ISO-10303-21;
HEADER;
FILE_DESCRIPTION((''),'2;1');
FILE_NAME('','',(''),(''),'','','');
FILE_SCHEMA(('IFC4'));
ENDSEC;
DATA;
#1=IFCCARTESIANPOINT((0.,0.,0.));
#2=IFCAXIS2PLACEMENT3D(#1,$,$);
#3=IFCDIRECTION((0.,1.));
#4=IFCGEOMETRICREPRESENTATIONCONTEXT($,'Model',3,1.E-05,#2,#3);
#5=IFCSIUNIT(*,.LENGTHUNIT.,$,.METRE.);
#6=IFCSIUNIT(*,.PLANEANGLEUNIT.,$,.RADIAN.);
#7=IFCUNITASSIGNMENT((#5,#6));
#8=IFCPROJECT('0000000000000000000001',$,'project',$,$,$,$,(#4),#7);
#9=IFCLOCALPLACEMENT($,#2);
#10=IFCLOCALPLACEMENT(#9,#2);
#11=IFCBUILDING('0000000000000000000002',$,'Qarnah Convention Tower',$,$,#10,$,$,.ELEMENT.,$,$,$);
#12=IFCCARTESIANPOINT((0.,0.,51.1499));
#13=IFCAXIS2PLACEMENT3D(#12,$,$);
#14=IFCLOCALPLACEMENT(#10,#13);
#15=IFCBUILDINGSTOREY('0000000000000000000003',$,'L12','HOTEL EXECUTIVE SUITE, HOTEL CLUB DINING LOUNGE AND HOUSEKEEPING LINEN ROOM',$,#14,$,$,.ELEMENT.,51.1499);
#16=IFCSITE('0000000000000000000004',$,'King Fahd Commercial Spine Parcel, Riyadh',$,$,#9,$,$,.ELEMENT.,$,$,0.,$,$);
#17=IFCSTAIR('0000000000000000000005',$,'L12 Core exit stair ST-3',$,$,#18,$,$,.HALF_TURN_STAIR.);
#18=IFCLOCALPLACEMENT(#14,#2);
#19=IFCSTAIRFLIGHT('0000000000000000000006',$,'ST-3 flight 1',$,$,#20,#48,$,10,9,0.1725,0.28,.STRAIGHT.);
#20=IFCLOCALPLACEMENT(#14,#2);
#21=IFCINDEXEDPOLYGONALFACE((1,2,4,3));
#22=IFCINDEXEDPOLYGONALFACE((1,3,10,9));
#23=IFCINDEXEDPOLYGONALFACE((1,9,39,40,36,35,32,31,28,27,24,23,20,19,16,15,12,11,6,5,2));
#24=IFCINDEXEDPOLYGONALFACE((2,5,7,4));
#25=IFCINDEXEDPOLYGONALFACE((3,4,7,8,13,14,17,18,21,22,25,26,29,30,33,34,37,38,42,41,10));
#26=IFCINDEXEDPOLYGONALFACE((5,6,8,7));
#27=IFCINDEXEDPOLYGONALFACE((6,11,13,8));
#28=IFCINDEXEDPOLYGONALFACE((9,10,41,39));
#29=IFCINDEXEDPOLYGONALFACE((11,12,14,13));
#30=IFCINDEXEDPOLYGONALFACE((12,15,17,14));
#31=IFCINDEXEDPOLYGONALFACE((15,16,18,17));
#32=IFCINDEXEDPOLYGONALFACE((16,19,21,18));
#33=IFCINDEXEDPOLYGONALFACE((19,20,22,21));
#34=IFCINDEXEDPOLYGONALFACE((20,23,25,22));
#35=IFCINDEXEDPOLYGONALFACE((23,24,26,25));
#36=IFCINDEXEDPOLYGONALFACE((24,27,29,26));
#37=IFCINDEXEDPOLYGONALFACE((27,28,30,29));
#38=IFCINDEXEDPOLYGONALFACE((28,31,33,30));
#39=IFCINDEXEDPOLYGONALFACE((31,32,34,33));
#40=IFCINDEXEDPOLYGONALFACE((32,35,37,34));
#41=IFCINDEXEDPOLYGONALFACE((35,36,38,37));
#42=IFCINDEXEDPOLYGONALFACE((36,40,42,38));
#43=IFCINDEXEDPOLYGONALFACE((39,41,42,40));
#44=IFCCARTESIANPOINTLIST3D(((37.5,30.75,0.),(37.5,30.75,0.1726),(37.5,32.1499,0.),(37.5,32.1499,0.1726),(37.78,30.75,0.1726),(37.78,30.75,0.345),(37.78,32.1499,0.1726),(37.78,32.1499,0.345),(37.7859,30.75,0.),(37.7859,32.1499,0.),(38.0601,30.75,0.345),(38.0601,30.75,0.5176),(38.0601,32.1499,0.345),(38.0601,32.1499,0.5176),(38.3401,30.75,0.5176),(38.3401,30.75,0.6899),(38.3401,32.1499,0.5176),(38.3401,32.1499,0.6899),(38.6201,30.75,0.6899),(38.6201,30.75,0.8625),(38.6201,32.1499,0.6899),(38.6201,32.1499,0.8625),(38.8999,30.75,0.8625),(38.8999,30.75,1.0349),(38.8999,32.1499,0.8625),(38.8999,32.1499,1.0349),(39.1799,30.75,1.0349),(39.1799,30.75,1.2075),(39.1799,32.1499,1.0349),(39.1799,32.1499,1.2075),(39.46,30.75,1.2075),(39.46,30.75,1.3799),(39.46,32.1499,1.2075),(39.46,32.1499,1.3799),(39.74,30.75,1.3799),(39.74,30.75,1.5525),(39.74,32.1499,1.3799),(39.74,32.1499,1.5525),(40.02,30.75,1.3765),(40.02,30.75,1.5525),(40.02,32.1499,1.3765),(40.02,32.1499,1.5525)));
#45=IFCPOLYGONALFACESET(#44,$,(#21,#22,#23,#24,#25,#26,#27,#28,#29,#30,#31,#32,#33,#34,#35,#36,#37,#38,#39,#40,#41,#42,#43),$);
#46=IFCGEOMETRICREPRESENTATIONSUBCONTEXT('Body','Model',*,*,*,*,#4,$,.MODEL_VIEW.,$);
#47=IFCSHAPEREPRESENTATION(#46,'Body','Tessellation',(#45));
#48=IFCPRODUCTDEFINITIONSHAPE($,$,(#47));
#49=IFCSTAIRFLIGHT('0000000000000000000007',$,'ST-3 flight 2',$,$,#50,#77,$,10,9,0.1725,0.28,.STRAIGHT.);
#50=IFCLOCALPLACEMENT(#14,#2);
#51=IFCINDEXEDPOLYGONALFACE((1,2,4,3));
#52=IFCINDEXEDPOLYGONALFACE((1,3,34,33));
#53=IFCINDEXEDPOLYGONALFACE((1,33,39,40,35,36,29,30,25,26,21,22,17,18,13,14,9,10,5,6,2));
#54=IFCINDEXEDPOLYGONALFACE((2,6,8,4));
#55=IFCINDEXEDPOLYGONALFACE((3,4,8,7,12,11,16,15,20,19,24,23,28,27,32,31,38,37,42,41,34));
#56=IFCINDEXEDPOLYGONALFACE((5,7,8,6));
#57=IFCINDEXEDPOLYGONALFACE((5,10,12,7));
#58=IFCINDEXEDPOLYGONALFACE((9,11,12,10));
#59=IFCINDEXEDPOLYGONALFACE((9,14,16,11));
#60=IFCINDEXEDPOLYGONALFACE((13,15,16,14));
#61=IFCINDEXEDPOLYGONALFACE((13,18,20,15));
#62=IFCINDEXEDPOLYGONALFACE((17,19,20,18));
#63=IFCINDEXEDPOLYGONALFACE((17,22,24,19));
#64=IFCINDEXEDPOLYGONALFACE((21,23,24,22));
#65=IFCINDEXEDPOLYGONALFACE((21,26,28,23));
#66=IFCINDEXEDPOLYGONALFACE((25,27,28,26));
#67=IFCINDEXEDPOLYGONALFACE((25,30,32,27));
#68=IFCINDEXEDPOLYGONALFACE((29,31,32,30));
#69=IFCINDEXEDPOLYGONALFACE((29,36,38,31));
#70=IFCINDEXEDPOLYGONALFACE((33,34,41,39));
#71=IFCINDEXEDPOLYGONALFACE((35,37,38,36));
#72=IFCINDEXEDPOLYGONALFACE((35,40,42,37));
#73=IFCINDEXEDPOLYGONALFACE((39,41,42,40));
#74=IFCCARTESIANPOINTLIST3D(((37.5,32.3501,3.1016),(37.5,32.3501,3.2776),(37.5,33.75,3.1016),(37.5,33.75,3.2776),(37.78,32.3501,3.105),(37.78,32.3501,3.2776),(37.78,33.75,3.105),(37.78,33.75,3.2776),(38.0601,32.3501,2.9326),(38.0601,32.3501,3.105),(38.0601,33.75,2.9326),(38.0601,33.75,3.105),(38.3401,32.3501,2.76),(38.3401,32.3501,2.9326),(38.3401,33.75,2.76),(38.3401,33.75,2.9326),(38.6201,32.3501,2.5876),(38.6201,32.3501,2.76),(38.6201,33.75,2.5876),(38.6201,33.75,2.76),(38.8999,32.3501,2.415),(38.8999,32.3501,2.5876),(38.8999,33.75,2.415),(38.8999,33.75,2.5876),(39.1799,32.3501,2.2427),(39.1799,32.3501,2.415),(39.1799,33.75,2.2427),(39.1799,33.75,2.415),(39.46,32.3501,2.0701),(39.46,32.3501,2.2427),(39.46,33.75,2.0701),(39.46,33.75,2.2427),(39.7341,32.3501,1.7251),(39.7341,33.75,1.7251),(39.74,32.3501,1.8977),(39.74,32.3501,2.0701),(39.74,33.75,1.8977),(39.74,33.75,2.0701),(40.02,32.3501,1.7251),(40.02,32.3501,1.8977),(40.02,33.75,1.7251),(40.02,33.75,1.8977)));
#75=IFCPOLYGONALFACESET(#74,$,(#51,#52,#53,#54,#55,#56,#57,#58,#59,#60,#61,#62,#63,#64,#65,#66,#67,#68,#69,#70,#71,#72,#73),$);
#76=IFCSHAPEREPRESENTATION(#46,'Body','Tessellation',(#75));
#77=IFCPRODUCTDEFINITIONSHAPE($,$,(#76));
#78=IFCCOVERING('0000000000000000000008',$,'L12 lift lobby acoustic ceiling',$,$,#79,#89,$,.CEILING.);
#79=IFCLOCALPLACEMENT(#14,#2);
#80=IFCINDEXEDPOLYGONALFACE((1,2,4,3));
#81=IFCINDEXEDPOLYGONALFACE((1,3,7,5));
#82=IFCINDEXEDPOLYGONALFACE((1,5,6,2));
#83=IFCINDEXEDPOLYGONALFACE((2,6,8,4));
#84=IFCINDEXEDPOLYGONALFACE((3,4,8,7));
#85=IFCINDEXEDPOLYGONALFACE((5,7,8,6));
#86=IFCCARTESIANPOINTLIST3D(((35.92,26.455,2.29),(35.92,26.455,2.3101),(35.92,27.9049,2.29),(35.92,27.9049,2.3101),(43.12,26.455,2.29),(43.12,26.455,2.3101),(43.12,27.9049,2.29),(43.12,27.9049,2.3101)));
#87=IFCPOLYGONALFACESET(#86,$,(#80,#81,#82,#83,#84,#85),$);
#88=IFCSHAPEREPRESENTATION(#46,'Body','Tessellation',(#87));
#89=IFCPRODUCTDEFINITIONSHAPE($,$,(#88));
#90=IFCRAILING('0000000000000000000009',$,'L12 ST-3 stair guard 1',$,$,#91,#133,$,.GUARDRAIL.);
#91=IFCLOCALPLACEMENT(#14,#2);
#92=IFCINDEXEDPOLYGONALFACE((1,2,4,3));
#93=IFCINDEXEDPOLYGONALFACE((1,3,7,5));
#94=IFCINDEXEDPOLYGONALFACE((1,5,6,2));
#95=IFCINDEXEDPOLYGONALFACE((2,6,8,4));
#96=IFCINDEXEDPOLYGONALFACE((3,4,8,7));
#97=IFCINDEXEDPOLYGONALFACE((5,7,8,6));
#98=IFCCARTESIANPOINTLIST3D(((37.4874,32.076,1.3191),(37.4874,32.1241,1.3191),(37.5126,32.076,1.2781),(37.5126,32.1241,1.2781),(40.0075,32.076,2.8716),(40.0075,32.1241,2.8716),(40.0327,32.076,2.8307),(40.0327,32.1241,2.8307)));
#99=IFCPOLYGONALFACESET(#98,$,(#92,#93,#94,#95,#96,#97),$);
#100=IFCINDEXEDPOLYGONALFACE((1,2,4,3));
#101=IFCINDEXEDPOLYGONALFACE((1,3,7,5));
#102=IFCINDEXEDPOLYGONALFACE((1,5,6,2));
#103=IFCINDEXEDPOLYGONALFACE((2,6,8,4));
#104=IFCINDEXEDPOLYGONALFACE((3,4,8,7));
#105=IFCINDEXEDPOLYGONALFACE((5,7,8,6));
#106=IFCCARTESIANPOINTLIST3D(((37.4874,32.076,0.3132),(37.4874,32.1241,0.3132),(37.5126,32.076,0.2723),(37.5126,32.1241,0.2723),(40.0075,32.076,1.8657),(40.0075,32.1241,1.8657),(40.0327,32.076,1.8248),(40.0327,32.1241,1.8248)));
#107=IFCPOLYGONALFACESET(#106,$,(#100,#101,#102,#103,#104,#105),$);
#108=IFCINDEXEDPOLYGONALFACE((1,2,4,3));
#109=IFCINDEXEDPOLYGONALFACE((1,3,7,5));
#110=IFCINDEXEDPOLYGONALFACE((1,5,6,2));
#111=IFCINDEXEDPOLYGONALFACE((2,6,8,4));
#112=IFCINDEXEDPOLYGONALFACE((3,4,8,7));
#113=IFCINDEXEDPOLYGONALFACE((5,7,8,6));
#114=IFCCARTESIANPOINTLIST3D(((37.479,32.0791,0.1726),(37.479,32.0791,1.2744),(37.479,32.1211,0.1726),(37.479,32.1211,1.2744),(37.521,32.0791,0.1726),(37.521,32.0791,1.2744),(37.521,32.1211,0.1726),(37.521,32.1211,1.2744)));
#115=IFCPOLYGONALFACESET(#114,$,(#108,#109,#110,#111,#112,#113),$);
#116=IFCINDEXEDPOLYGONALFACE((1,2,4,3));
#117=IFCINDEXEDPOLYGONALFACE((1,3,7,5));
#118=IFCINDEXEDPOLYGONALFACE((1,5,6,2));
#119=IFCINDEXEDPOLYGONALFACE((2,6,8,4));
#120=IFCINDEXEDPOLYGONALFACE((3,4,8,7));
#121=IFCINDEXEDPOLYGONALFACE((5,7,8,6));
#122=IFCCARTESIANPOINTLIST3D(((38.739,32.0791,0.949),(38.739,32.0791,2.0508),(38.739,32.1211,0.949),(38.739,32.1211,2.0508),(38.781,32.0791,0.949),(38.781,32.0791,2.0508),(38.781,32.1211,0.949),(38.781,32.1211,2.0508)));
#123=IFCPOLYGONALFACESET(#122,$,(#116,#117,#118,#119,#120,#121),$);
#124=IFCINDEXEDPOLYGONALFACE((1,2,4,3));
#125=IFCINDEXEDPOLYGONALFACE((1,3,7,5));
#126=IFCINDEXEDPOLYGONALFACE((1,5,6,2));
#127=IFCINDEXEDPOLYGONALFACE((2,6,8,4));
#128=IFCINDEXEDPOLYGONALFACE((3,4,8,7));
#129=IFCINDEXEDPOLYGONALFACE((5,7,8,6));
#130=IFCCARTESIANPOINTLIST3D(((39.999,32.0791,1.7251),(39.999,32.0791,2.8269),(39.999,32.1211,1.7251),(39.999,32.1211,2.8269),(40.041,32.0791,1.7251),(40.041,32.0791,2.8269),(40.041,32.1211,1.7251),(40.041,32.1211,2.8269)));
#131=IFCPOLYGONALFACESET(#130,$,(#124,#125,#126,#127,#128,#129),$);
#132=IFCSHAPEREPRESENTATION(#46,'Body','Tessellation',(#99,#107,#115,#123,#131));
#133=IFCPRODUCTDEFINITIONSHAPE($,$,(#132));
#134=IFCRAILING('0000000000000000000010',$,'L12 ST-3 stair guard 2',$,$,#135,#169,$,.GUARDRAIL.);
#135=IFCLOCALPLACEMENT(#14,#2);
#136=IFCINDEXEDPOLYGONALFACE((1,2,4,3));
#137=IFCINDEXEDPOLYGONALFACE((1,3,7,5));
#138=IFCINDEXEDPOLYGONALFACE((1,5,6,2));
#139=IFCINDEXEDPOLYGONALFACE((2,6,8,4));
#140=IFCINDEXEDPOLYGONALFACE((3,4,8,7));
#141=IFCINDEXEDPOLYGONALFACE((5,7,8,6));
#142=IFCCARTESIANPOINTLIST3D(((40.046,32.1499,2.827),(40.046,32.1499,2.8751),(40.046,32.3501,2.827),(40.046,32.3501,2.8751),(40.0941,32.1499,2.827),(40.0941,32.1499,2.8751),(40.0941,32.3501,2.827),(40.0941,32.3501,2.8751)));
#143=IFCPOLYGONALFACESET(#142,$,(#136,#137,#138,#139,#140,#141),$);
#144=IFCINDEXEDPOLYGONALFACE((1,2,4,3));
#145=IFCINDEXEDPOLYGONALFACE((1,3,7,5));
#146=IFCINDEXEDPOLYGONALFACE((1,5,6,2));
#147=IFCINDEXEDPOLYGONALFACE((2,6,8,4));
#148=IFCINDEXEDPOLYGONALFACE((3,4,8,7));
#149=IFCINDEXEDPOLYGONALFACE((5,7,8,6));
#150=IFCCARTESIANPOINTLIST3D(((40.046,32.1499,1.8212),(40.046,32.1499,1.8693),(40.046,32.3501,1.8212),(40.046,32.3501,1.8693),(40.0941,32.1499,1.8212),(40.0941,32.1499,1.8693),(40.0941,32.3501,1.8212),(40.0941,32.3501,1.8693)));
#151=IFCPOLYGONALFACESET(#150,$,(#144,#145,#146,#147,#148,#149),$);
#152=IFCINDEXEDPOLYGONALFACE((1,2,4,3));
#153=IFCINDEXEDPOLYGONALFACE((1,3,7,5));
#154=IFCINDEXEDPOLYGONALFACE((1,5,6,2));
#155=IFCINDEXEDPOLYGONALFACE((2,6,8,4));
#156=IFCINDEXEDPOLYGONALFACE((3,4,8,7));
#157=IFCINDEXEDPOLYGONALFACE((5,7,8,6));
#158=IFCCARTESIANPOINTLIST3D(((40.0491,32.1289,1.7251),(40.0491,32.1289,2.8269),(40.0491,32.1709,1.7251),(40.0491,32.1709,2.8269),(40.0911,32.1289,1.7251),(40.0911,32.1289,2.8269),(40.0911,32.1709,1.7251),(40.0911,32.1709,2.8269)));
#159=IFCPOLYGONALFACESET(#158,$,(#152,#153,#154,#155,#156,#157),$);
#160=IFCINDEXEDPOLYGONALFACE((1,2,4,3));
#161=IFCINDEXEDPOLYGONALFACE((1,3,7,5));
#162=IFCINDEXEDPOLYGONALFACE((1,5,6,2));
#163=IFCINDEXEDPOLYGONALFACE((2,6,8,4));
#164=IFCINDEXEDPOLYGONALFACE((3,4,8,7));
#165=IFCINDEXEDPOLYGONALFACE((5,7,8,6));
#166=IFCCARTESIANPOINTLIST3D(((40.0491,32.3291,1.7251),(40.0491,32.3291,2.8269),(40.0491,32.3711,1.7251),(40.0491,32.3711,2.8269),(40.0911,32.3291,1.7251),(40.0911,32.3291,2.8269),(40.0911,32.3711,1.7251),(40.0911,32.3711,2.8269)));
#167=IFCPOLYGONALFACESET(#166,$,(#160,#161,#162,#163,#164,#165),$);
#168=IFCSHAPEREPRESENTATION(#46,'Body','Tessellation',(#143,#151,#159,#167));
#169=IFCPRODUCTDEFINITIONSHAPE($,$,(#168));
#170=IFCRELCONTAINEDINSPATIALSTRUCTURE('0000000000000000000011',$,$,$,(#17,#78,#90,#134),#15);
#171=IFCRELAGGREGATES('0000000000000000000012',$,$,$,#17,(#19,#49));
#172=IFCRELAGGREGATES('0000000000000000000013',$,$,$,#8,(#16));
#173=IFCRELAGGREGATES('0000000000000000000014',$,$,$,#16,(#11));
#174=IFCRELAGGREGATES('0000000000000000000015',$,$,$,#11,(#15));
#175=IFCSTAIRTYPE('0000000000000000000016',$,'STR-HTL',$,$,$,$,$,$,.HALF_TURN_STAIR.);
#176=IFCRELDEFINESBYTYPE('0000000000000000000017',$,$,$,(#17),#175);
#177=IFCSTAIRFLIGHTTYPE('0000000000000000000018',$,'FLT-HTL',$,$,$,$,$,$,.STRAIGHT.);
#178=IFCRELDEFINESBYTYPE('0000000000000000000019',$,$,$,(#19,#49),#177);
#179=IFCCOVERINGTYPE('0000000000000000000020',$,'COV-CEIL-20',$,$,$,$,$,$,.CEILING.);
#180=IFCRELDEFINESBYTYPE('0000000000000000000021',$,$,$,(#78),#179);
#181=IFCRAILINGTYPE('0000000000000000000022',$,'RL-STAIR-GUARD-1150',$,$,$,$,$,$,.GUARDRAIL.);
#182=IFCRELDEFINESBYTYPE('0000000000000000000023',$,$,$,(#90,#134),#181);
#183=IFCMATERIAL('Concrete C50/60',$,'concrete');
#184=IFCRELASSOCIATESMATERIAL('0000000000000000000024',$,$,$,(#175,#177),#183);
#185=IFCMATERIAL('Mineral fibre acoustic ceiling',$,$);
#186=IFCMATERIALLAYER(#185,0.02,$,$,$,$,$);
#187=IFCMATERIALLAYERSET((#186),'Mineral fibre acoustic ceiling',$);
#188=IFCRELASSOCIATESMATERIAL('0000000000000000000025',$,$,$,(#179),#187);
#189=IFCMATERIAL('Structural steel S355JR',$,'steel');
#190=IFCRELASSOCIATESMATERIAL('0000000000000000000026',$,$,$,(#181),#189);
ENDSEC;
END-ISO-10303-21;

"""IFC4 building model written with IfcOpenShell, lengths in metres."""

from ifc_helpers import new_model, si_unit, direction, frame, origin, origin_2d, place, context, subcontext, project, spatial, polyline, rectangle, outline, extrude, material, layer, layer_set, type_object, element, aggregate, save


model = new_model("IFC4")

# Units and contexts
model_context = context("Model", 3, precision=1e-05, world=origin(), true_north=direction((0.0, 1.0)))
body_context = subcontext(model_context, "Body", "Model", "MODEL_VIEW")
ifc_project = project(units=[si_unit("LENGTHUNIT", "METRE"), si_unit("PLANEANGLEUNIT", "RADIAN")], contexts=[model_context])

# Site, building, storey
site_placement = place(None, origin())
site = spatial("IfcSite", under=ifc_project, at=site_placement, Name="King Fahd Commercial Spine Parcel, Riyadh", CompositionType="ELEMENT", RefElevation=0.0)
building_placement = place(site_placement, origin())
building = spatial("IfcBuilding", under=site, at=building_placement, Name="Qarnah Convention Tower", CompositionType="ELEMENT")
storey_placement = place(building_placement, frame((0.0, 0.0, 51.1499)))
storey = spatial("IfcBuildingStorey", under=building, at=storey_placement, Name="L12", Description="HOTEL EXECUTIVE SUITE, HOTEL CLUB DINING LOUNGE AND HOUSEKEEPING LINEN ROOM", CompositionType="ELEMENT", Elevation=51.1499)

# Shared definitions
ifc_material_1 = material(Name="Structural steel S355JR", Category="steel")

# Stair, stair flights
ifc_material_2 = material(Name="Concrete C50/60", Category="concrete")
stair_type = type_object("IfcStairType", Name="STR-HTL", PredefinedType="HALF_TURN_STAIR", material=ifc_material_2)
stair_placement = place(storey_placement, origin())
stair = element("IfcStair", 1, at=stair_placement, inside=storey, type_object=stair_type, Name="L12 Core exit stair ST-3", PredefinedType="HALF_TURN_STAIR")
stair_flight_type = type_object("IfcStairFlightType", Name="FLT-HTL", PredefinedType="STRAIGHT", material=ifc_material_2)
stair_flight_1_placement = place(storey_placement, frame((37.5, 31.45, 0.0), z_axis=(0.0, 0.0, 1.0), x_axis=(1.0, 0.0, 0.0)))
stair_flight_1 = element("IfcStairFlight", 2, at=stair_flight_1_placement, type_object=stair_flight_type, Name="ST-3 flight 1", NumberOfRisers=10, NumberOfTreads=9, PredefinedType="STRAIGHT", RiserHeight=0.1725, TreadLength=0.28, context=body_context, shape_type="SweptSolid", body=[
    extrude(outline(polyline([(0.0, 0.0), (0.0, 0.1726), (0.28, 0.1726), (0.28, 0.345), (0.5601, 0.345), (0.5601, 0.5176), (0.8401, 0.5176), (0.8401, 0.6899), (1.1201, 0.6899), (1.1201, 0.8625), (1.3999, 0.8625), (1.3999, 1.0349), (1.6799, 1.0349), (1.6799, 1.2075), (1.96, 1.2075), (1.96, 1.3799), (2.24, 1.3799), (2.24, 1.5525), (2.52, 1.5525), (2.52, 1.7251), (2.52, 1.3765), (0.2859, 0.0), (0.0, 0.0)])), frame((0.0, 0.7, 0.0), z_axis=(0.0, -1.0, 0.0), x_axis=(1.0, 0.0, 0.0)), (0.0, 0.0, 1.0), 1.3999),
])
stair_flight_2_placement = place(storey_placement, frame((40.02, 33.05, 1.7251), z_axis=(0.0, 0.0, 1.0), x_axis=(-1.0, 0.0, 0.0)))
stair_flight_2 = element("IfcStairFlight", 3, at=stair_flight_2_placement, type_object=stair_flight_type, Name="ST-3 flight 2", NumberOfRisers=10, NumberOfTreads=9, PredefinedType="STRAIGHT", RiserHeight=0.1725, TreadLength=0.28, context=body_context, shape_type="SweptSolid", body=[
    extrude(outline(polyline([(0.0, 0.0), (0.0, 0.1726), (0.28, 0.1726), (0.28, 0.345), (0.5601, 0.345), (0.5601, 0.5176), (0.8401, 0.5176), (0.8401, 0.6899), (1.1201, 0.6899), (1.1201, 0.8625), (1.3999, 0.8625), (1.3999, 1.0349), (1.6799, 1.0349), (1.6799, 1.2075), (1.96, 1.2075), (1.96, 1.3799), (2.24, 1.3799), (2.24, 1.5525), (2.52, 1.5525), (2.52, 1.7251), (2.52, 1.3765), (0.2859, 0.0), (0.0, 0.0)])), frame((0.0, 0.7, 0.0), z_axis=(0.0, -1.0, 0.0), x_axis=(1.0, 0.0, 0.0)), (0.0, 0.0, 1.0), 1.3999),
])
aggregate(stair, [stair_flight_1, stair_flight_2])

# Covering
ifc_material_3 = material(Name="Mineral fibre acoustic ceiling")
ifc_layer_1 = layer(ifc_material_3, 0.02)
ifc_layer_set_1 = layer_set([ifc_layer_1], Name="Mineral fibre acoustic ceiling")
covering_type = type_object("IfcCoveringType", Name="COV-CEIL-20", PredefinedType="CEILING", material=ifc_layer_set_1)
covering_placement = place(storey_placement, frame((39.52, 27.1799, 2.29), z_axis=(0.0, 0.0, 1.0), x_axis=(1.0, 0.0, 0.0)))
element("IfcCovering", 4, at=covering_placement, inside=storey, type_object=covering_type, Name="L12 lift lobby acoustic ceiling", PredefinedType="CEILING", context=body_context, shape_type="SweptSolid", body=[
    extrude(rectangle(XDim=7.2, YDim=1.45, at=origin_2d()), origin(), (0.0, 0.0, 1.0), 0.02),
])

# Railings
railing_type_1 = type_object("IfcRailingType", Name="RL-STAIR-GUARD-1150", PredefinedType="GUARDRAIL", material=ifc_material_1)
railing_1_placement = place(storey_placement, frame((37.5, 32.1001, 0.1726)))
element("IfcRailing", 5, at=railing_1_placement, inside=storey, type_object=railing_type_1, Name="L12 ST-3 stair guard 1", PredefinedType="GUARDRAIL", context=body_context, shape_type="SweptSolid", body=[
    extrude(rectangle(XDim=0.0481, YDim=0.0481, at=origin_2d()), frame((0.0, 0.0, 1.126), z_axis=(0.8514, 0.0, 0.524516), x_axis=(0.0, 1.0, 0.0)), (0.0, 0.0, 1.0), 2.96),
    extrude(rectangle(XDim=0.0481, YDim=0.0481, at=origin_2d()), frame((0.0, 0.0, 0.1201), z_axis=(0.8514, 0.0, 0.524516), x_axis=(0.0, 1.0, 0.0)), (0.0, 0.0, 1.0), 2.96),
    extrude(rectangle(XDim=0.042, YDim=0.042, at=origin_2d()), origin(), (0.0, 0.0, 1.0), 1.1018),
    extrude(rectangle(XDim=0.042, YDim=0.042, at=origin_2d()), frame((1.26, 0.0, 0.7764)), (0.0, 0.0, 1.0), 1.1018),
    extrude(rectangle(XDim=0.042, YDim=0.042, at=origin_2d()), frame((2.52, 0.0, 1.5525)), (0.0, 0.0, 1.0), 1.1018),
])
railing_2_placement = place(storey_placement, frame((40.0701, 32.1499, 1.7251)))
element("IfcRailing", 6, at=railing_2_placement, inside=storey, type_object=railing_type_1, Name="L12 ST-3 stair guard 2", PredefinedType="GUARDRAIL", context=body_context, shape_type="SweptSolid", body=[
    extrude(rectangle(XDim=0.0481, YDim=0.0481, at=origin_2d()), frame((0.0, 0.0, 1.126), z_axis=(0.0, 1.0, 0.0), x_axis=(-1.0, 0.0, 0.0)), (0.0, 0.0, 1.0), 0.2002),
    extrude(rectangle(XDim=0.0481, YDim=0.0481, at=origin_2d()), frame((0.0, 0.0, 0.1201), z_axis=(0.0, 1.0, 0.0), x_axis=(-1.0, 0.0, 0.0)), (0.0, 0.0, 1.0), 0.2002),
    extrude(rectangle(XDim=0.042, YDim=0.042, at=origin_2d()), origin(), (0.0, 0.0, 1.0), 1.1018),
    extrude(rectangle(XDim=0.042, YDim=0.042, at=origin_2d()), frame((0.0, 0.2002, 0.0)), (0.0, 0.0, 1.0), 1.1018),
])

save(model, "model.ifc")
